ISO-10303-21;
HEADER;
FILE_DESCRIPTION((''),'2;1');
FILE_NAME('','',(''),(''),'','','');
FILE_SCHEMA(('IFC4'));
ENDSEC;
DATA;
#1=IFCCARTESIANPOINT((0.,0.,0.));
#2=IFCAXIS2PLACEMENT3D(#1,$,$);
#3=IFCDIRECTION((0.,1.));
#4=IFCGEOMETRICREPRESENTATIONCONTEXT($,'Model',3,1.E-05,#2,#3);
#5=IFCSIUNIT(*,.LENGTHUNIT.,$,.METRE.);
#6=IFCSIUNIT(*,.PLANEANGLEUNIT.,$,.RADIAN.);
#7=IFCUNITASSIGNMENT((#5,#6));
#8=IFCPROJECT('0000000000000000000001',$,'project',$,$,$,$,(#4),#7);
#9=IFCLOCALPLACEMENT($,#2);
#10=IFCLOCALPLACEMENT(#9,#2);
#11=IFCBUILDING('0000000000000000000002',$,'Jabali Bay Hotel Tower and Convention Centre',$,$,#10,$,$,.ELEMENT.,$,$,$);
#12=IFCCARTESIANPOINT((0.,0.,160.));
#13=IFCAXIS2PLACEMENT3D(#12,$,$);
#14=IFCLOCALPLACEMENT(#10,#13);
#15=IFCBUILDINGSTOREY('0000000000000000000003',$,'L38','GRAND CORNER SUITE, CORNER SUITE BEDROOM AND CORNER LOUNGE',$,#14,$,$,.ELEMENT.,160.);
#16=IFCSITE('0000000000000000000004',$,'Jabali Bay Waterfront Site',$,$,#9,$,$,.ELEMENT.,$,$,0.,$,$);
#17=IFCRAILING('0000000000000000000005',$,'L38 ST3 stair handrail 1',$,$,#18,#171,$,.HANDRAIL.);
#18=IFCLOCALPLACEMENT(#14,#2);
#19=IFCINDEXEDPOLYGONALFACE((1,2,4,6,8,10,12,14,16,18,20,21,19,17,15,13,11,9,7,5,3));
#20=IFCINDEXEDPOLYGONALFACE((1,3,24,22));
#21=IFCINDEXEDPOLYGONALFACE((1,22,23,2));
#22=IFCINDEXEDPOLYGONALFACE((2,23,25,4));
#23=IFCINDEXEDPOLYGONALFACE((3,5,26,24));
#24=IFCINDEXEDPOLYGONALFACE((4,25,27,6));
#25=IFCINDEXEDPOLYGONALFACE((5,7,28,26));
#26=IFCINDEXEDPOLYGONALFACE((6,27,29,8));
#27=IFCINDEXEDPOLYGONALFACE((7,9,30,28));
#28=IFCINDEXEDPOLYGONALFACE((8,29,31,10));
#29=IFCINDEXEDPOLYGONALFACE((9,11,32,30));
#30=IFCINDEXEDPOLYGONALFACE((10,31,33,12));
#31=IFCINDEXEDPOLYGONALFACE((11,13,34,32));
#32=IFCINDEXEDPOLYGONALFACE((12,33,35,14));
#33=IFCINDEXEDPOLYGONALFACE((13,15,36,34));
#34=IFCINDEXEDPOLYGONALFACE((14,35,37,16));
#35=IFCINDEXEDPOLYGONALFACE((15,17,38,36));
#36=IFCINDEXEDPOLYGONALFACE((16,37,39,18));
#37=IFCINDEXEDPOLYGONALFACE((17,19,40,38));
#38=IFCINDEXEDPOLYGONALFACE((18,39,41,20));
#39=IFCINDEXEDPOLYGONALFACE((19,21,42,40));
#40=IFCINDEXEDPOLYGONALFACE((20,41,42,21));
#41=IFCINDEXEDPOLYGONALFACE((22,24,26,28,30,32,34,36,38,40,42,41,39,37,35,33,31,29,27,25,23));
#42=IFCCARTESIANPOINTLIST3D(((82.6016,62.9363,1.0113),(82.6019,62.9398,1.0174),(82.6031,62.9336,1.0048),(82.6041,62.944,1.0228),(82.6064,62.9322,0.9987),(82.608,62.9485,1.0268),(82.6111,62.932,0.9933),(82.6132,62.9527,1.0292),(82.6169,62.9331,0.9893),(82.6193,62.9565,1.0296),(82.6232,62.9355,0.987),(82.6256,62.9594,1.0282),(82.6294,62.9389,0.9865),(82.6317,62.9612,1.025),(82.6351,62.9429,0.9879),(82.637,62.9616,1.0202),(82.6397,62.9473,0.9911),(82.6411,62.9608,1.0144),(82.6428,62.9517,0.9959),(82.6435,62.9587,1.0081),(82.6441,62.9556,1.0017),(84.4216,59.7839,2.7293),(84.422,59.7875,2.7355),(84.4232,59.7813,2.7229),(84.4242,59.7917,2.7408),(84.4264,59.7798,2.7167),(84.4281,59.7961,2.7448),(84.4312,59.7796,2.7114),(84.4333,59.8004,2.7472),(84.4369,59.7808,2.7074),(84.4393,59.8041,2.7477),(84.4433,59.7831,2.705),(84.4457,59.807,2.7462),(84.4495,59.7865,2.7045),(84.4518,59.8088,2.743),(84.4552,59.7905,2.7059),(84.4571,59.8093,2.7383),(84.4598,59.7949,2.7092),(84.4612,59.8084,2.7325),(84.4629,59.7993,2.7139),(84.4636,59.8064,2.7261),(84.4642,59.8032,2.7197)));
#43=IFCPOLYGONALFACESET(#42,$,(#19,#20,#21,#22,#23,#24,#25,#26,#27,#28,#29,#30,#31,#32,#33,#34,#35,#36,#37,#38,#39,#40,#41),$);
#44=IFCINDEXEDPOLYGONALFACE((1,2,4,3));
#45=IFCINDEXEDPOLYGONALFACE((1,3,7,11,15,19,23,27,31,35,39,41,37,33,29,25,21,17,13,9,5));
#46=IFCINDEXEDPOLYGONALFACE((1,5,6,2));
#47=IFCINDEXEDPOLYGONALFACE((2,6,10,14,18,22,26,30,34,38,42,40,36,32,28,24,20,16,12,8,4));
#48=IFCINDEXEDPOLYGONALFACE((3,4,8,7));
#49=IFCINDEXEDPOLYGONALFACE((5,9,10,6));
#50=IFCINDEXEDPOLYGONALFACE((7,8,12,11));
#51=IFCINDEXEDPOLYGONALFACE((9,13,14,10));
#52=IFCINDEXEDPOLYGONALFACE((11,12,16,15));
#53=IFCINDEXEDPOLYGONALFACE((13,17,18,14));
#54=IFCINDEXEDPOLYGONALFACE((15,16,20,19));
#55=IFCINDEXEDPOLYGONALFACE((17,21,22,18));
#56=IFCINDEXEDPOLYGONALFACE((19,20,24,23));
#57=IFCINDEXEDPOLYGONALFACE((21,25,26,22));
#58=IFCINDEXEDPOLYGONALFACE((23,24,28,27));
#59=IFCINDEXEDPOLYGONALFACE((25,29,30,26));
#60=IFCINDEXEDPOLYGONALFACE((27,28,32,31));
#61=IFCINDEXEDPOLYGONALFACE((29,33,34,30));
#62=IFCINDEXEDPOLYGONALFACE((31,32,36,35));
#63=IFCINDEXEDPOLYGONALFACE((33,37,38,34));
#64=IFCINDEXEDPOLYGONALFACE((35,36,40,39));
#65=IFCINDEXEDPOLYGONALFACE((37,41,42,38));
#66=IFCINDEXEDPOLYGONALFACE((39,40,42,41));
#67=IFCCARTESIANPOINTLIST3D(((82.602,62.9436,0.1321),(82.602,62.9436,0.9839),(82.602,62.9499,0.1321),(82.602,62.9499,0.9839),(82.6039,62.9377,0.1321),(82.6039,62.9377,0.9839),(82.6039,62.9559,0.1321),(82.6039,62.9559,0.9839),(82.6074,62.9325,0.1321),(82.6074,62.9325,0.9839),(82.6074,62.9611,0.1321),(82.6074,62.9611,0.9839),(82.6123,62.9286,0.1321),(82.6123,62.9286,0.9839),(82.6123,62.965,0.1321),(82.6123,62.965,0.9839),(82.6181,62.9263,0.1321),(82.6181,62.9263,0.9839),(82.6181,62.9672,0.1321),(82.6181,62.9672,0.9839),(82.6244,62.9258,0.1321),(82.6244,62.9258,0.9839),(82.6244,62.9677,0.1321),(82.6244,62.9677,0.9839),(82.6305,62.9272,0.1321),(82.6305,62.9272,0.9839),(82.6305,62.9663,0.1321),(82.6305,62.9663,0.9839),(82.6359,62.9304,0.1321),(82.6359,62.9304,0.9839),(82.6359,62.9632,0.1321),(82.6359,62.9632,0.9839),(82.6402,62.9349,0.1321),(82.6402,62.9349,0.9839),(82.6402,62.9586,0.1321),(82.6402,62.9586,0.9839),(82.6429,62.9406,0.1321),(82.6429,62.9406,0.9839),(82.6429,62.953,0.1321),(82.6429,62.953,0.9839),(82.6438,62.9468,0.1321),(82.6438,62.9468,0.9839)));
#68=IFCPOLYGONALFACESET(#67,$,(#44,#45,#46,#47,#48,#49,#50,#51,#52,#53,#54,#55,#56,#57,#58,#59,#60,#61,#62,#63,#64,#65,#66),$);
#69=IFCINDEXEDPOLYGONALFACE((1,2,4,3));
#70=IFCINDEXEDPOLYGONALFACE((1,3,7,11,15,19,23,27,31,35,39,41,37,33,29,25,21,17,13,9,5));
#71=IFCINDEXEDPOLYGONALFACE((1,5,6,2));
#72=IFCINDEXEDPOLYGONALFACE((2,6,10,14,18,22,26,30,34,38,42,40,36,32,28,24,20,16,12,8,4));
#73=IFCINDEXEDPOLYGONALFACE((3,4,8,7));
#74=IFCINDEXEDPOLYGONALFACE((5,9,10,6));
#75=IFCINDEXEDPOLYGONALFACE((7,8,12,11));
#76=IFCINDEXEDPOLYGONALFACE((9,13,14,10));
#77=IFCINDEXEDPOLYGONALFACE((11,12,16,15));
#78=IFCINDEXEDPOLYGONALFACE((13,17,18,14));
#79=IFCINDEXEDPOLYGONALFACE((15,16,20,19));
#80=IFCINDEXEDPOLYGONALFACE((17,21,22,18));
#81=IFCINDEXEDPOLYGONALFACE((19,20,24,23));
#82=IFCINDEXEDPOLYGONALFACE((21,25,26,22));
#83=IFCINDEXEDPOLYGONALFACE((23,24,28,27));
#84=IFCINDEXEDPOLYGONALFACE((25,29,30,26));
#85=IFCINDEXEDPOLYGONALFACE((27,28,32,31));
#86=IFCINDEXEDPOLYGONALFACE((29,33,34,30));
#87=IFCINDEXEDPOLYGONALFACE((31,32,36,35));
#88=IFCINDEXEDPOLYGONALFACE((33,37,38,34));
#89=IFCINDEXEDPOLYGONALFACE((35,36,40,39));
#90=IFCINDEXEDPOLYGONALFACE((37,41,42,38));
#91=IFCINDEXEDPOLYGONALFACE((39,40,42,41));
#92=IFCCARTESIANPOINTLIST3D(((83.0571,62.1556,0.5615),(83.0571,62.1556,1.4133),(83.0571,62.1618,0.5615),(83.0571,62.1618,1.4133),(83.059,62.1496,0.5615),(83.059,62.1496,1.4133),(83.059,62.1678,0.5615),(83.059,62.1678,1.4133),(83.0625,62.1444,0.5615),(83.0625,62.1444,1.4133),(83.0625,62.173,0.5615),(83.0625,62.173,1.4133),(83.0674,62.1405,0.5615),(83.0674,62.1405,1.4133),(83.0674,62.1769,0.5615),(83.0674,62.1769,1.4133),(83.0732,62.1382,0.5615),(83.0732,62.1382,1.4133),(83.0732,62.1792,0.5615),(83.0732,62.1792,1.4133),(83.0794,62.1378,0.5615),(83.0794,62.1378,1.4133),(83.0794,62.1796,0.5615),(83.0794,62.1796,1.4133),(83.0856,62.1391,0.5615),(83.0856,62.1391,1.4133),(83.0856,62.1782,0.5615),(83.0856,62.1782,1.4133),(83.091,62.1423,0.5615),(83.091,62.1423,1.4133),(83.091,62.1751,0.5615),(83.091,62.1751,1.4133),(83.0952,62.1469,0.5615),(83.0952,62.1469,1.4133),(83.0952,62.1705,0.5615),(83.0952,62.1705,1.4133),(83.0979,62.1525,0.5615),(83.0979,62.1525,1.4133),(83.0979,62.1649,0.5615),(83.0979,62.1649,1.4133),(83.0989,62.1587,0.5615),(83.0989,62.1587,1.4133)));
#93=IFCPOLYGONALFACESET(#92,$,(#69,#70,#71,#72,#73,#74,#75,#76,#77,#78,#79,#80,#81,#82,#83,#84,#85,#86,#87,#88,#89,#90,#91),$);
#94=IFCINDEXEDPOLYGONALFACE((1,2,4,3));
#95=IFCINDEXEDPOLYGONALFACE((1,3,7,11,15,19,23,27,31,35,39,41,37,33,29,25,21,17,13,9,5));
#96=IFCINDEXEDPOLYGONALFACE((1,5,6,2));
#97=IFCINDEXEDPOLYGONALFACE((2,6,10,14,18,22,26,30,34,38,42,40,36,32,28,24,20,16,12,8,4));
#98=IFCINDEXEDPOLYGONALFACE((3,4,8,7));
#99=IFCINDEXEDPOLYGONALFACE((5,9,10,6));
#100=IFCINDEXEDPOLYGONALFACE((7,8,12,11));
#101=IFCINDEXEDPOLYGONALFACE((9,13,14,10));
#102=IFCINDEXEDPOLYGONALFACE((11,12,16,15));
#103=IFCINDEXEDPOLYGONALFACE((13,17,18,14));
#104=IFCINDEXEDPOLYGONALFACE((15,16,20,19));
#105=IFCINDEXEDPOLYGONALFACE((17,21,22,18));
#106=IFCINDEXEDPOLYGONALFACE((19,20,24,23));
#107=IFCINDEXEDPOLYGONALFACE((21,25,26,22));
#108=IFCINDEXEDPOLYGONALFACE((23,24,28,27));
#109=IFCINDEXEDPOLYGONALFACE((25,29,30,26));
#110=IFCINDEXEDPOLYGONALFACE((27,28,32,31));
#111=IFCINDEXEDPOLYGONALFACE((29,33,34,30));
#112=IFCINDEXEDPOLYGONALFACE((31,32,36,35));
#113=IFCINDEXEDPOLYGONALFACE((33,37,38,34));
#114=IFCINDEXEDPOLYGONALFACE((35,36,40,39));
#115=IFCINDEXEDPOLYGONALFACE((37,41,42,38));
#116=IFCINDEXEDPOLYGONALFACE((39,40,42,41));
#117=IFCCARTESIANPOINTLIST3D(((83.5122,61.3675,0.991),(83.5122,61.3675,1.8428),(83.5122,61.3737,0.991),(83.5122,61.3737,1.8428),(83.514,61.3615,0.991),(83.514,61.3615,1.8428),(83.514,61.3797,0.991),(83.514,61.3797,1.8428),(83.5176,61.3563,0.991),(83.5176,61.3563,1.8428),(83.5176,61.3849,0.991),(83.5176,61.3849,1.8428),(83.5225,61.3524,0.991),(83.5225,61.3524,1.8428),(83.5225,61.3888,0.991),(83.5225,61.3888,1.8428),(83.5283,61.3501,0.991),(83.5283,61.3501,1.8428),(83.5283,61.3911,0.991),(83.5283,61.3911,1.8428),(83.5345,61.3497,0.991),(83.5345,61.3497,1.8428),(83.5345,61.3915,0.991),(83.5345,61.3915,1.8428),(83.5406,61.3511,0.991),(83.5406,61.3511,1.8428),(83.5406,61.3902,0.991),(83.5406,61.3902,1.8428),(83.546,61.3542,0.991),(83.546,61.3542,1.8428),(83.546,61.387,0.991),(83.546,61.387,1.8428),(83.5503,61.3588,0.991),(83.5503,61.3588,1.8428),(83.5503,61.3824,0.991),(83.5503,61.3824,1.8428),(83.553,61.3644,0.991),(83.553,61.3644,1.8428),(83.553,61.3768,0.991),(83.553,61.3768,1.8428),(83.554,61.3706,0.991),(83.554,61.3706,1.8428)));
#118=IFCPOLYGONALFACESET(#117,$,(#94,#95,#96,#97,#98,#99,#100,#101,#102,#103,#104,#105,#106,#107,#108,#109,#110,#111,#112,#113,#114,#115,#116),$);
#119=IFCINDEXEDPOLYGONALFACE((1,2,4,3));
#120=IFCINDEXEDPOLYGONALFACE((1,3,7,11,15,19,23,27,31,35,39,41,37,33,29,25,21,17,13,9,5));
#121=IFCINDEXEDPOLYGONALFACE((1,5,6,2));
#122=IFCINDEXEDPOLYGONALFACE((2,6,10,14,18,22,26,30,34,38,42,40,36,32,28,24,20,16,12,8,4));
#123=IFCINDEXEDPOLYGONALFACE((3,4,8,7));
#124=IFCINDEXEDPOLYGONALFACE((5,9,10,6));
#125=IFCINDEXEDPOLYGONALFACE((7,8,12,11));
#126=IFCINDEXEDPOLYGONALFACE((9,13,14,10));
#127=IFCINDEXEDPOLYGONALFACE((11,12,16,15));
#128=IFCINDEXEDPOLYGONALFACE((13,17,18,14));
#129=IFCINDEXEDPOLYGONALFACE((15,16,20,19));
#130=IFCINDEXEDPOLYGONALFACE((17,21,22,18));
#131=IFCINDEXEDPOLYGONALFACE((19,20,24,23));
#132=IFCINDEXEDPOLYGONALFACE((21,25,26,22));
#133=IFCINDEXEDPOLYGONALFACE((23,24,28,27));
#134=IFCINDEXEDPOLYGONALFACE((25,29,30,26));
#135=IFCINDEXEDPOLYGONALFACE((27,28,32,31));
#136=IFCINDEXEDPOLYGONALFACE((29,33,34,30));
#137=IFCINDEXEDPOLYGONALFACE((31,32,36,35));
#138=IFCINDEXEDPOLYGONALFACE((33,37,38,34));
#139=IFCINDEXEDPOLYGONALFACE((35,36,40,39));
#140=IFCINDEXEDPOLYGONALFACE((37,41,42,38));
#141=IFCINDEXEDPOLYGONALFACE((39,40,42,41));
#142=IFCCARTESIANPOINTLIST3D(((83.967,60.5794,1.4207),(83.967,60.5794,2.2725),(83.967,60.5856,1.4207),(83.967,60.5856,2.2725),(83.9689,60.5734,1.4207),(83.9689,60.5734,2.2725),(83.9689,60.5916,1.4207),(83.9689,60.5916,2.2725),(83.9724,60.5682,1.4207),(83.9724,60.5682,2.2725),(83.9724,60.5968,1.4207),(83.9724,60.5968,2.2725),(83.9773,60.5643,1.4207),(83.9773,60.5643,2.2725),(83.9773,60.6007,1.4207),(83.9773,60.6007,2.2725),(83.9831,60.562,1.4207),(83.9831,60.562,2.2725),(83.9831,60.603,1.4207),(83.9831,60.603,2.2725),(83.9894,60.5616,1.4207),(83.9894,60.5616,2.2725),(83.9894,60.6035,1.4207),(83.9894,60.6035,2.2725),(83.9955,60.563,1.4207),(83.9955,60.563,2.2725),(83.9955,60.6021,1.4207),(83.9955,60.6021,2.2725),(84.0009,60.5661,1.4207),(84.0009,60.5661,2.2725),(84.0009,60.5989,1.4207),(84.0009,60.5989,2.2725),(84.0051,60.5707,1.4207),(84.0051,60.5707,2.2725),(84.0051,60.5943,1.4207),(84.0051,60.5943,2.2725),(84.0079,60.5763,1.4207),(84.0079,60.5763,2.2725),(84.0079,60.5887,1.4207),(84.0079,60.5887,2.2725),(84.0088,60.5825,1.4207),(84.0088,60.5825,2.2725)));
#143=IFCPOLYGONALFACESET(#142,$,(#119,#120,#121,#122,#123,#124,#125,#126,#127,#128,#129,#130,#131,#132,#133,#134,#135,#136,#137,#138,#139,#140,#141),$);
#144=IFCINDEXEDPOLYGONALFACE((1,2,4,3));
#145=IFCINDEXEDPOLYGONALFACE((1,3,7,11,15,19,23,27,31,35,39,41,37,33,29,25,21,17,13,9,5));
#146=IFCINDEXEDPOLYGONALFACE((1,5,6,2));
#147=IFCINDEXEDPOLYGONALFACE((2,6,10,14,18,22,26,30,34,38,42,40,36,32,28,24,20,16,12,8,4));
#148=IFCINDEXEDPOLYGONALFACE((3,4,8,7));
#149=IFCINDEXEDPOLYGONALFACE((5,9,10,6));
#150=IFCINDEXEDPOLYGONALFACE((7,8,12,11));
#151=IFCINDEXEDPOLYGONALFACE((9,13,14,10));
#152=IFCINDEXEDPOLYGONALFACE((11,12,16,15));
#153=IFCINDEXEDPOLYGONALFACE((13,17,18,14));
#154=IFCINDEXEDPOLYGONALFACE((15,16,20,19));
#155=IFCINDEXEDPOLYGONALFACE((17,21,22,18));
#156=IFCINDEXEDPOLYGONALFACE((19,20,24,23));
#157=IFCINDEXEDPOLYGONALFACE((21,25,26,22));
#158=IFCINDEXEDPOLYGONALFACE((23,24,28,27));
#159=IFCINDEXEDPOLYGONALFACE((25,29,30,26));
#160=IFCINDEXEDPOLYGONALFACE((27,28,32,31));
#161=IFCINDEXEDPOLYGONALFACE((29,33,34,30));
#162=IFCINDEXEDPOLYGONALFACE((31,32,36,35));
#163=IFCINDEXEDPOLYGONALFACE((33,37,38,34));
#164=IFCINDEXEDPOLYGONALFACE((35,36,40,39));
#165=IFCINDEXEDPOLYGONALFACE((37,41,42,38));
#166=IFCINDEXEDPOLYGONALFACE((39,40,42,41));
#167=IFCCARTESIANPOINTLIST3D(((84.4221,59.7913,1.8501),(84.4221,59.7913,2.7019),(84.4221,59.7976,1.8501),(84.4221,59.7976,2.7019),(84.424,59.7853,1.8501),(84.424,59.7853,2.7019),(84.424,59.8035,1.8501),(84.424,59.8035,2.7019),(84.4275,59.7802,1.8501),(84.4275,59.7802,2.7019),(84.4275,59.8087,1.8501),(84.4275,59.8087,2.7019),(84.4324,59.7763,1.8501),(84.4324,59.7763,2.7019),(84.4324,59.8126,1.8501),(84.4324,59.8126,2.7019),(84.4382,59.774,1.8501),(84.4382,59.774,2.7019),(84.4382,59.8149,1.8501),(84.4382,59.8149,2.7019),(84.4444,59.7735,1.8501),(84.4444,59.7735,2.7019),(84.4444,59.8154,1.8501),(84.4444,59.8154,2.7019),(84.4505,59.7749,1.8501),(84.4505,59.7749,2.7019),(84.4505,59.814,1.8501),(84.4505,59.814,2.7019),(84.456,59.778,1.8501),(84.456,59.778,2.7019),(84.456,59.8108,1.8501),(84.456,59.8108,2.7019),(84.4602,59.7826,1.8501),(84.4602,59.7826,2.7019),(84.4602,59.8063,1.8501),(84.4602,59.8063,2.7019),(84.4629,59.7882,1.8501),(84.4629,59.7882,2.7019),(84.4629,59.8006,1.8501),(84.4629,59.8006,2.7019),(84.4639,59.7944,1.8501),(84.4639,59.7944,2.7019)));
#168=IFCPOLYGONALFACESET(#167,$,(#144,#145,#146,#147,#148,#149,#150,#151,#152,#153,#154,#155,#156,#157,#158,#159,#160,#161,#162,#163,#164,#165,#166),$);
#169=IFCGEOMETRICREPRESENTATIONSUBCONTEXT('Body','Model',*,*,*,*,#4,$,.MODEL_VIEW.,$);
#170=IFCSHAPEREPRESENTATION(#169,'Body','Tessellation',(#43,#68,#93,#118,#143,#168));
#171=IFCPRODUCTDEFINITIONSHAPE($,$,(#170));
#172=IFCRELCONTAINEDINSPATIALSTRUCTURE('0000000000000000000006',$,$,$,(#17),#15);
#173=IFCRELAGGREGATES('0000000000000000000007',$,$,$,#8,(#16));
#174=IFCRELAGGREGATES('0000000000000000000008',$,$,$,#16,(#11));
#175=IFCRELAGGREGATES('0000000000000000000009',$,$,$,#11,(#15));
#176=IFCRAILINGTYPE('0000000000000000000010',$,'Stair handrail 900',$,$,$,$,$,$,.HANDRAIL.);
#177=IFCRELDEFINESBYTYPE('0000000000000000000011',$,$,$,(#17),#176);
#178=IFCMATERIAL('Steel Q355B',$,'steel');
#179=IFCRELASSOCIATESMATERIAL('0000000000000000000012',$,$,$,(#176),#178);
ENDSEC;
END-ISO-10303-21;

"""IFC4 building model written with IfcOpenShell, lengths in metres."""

from ifc_helpers import new_model, si_unit, direction, frame, origin, origin_2d, place, context, subcontext, project, spatial, circle, extrude, material, type_object, element, save


model = new_model("IFC4")

# Units and contexts
model_context = context("Model", 3, precision=1e-05, world=origin(), true_north=direction((0.0, 1.0)))
body_context = subcontext(model_context, "Body", "Model", "MODEL_VIEW")
ifc_project = project(units=[si_unit("LENGTHUNIT", "METRE"), si_unit("PLANEANGLEUNIT", "RADIAN")], contexts=[model_context])

# Site, building, storey
site_placement = place(None, origin())
site = spatial("IfcSite", under=ifc_project, at=site_placement, Name="Jabali Bay Waterfront Site", CompositionType="ELEMENT", RefElevation=0.0)
building_placement = place(site_placement, origin())
building = spatial("IfcBuilding", under=site, at=building_placement, Name="Jabali Bay Hotel Tower and Convention Centre", CompositionType="ELEMENT")
storey_placement = place(building_placement, frame((0.0, 0.0, 160.0)))
storey = spatial("IfcBuildingStorey", under=building, at=storey_placement, Name="L38", Description="GRAND CORNER SUITE, CORNER SUITE BEDROOM AND CORNER LOUNGE", CompositionType="ELEMENT", Elevation=160.0)

# Railing
ifc_material_1 = material(Name="Steel Q355B", Category="steel")
railing_type_1 = type_object("IfcRailingType", Name="Stair handrail 900", PredefinedType="HANDRAIL", material=ifc_material_1)
railing_1_placement = place(storey_placement, frame((82.6228, 62.9468, 0.1321)))
element("IfcRailing", 1, at=railing_1_placement, inside=storey, type_object=railing_type_1, Name="L38 ST3 stair handrail 1", PredefinedType="HANDRAIL", context=body_context, shape_type="SweptSolid", body=[
    extrude(circle(Radius=0.0239, at=origin_2d()), frame((0.0, 0.0, 0.876), z_axis=(0.452179, -0.78317, 0.426825), x_axis=(0.866018, 0.500013, 0.0)), (0.0, 0.0, 1.0), 4.0251),
    extrude(circle(Radius=0.021, at=origin_2d()), origin(), (0.0, 0.0, 1.0), 0.8518),
    extrude(circle(Radius=0.021, at=origin_2d()), frame((0.4551, -0.7881, 0.4294)), (0.0, 0.0, 1.0), 0.8518),
    extrude(circle(Radius=0.021, at=origin_2d()), frame((0.9102, -1.5762, 0.8589)), (0.0, 0.0, 1.0), 0.8518),
    extrude(circle(Radius=0.021, at=origin_2d()), frame((1.365, -2.3643, 1.2886)), (0.0, 0.0, 1.0), 0.8518),
    extrude(circle(Radius=0.021, at=origin_2d()), frame((1.8201, -3.1523, 1.718)), (0.0, 0.0, 1.0), 0.8518),
])

save(model, "model.ifc")
